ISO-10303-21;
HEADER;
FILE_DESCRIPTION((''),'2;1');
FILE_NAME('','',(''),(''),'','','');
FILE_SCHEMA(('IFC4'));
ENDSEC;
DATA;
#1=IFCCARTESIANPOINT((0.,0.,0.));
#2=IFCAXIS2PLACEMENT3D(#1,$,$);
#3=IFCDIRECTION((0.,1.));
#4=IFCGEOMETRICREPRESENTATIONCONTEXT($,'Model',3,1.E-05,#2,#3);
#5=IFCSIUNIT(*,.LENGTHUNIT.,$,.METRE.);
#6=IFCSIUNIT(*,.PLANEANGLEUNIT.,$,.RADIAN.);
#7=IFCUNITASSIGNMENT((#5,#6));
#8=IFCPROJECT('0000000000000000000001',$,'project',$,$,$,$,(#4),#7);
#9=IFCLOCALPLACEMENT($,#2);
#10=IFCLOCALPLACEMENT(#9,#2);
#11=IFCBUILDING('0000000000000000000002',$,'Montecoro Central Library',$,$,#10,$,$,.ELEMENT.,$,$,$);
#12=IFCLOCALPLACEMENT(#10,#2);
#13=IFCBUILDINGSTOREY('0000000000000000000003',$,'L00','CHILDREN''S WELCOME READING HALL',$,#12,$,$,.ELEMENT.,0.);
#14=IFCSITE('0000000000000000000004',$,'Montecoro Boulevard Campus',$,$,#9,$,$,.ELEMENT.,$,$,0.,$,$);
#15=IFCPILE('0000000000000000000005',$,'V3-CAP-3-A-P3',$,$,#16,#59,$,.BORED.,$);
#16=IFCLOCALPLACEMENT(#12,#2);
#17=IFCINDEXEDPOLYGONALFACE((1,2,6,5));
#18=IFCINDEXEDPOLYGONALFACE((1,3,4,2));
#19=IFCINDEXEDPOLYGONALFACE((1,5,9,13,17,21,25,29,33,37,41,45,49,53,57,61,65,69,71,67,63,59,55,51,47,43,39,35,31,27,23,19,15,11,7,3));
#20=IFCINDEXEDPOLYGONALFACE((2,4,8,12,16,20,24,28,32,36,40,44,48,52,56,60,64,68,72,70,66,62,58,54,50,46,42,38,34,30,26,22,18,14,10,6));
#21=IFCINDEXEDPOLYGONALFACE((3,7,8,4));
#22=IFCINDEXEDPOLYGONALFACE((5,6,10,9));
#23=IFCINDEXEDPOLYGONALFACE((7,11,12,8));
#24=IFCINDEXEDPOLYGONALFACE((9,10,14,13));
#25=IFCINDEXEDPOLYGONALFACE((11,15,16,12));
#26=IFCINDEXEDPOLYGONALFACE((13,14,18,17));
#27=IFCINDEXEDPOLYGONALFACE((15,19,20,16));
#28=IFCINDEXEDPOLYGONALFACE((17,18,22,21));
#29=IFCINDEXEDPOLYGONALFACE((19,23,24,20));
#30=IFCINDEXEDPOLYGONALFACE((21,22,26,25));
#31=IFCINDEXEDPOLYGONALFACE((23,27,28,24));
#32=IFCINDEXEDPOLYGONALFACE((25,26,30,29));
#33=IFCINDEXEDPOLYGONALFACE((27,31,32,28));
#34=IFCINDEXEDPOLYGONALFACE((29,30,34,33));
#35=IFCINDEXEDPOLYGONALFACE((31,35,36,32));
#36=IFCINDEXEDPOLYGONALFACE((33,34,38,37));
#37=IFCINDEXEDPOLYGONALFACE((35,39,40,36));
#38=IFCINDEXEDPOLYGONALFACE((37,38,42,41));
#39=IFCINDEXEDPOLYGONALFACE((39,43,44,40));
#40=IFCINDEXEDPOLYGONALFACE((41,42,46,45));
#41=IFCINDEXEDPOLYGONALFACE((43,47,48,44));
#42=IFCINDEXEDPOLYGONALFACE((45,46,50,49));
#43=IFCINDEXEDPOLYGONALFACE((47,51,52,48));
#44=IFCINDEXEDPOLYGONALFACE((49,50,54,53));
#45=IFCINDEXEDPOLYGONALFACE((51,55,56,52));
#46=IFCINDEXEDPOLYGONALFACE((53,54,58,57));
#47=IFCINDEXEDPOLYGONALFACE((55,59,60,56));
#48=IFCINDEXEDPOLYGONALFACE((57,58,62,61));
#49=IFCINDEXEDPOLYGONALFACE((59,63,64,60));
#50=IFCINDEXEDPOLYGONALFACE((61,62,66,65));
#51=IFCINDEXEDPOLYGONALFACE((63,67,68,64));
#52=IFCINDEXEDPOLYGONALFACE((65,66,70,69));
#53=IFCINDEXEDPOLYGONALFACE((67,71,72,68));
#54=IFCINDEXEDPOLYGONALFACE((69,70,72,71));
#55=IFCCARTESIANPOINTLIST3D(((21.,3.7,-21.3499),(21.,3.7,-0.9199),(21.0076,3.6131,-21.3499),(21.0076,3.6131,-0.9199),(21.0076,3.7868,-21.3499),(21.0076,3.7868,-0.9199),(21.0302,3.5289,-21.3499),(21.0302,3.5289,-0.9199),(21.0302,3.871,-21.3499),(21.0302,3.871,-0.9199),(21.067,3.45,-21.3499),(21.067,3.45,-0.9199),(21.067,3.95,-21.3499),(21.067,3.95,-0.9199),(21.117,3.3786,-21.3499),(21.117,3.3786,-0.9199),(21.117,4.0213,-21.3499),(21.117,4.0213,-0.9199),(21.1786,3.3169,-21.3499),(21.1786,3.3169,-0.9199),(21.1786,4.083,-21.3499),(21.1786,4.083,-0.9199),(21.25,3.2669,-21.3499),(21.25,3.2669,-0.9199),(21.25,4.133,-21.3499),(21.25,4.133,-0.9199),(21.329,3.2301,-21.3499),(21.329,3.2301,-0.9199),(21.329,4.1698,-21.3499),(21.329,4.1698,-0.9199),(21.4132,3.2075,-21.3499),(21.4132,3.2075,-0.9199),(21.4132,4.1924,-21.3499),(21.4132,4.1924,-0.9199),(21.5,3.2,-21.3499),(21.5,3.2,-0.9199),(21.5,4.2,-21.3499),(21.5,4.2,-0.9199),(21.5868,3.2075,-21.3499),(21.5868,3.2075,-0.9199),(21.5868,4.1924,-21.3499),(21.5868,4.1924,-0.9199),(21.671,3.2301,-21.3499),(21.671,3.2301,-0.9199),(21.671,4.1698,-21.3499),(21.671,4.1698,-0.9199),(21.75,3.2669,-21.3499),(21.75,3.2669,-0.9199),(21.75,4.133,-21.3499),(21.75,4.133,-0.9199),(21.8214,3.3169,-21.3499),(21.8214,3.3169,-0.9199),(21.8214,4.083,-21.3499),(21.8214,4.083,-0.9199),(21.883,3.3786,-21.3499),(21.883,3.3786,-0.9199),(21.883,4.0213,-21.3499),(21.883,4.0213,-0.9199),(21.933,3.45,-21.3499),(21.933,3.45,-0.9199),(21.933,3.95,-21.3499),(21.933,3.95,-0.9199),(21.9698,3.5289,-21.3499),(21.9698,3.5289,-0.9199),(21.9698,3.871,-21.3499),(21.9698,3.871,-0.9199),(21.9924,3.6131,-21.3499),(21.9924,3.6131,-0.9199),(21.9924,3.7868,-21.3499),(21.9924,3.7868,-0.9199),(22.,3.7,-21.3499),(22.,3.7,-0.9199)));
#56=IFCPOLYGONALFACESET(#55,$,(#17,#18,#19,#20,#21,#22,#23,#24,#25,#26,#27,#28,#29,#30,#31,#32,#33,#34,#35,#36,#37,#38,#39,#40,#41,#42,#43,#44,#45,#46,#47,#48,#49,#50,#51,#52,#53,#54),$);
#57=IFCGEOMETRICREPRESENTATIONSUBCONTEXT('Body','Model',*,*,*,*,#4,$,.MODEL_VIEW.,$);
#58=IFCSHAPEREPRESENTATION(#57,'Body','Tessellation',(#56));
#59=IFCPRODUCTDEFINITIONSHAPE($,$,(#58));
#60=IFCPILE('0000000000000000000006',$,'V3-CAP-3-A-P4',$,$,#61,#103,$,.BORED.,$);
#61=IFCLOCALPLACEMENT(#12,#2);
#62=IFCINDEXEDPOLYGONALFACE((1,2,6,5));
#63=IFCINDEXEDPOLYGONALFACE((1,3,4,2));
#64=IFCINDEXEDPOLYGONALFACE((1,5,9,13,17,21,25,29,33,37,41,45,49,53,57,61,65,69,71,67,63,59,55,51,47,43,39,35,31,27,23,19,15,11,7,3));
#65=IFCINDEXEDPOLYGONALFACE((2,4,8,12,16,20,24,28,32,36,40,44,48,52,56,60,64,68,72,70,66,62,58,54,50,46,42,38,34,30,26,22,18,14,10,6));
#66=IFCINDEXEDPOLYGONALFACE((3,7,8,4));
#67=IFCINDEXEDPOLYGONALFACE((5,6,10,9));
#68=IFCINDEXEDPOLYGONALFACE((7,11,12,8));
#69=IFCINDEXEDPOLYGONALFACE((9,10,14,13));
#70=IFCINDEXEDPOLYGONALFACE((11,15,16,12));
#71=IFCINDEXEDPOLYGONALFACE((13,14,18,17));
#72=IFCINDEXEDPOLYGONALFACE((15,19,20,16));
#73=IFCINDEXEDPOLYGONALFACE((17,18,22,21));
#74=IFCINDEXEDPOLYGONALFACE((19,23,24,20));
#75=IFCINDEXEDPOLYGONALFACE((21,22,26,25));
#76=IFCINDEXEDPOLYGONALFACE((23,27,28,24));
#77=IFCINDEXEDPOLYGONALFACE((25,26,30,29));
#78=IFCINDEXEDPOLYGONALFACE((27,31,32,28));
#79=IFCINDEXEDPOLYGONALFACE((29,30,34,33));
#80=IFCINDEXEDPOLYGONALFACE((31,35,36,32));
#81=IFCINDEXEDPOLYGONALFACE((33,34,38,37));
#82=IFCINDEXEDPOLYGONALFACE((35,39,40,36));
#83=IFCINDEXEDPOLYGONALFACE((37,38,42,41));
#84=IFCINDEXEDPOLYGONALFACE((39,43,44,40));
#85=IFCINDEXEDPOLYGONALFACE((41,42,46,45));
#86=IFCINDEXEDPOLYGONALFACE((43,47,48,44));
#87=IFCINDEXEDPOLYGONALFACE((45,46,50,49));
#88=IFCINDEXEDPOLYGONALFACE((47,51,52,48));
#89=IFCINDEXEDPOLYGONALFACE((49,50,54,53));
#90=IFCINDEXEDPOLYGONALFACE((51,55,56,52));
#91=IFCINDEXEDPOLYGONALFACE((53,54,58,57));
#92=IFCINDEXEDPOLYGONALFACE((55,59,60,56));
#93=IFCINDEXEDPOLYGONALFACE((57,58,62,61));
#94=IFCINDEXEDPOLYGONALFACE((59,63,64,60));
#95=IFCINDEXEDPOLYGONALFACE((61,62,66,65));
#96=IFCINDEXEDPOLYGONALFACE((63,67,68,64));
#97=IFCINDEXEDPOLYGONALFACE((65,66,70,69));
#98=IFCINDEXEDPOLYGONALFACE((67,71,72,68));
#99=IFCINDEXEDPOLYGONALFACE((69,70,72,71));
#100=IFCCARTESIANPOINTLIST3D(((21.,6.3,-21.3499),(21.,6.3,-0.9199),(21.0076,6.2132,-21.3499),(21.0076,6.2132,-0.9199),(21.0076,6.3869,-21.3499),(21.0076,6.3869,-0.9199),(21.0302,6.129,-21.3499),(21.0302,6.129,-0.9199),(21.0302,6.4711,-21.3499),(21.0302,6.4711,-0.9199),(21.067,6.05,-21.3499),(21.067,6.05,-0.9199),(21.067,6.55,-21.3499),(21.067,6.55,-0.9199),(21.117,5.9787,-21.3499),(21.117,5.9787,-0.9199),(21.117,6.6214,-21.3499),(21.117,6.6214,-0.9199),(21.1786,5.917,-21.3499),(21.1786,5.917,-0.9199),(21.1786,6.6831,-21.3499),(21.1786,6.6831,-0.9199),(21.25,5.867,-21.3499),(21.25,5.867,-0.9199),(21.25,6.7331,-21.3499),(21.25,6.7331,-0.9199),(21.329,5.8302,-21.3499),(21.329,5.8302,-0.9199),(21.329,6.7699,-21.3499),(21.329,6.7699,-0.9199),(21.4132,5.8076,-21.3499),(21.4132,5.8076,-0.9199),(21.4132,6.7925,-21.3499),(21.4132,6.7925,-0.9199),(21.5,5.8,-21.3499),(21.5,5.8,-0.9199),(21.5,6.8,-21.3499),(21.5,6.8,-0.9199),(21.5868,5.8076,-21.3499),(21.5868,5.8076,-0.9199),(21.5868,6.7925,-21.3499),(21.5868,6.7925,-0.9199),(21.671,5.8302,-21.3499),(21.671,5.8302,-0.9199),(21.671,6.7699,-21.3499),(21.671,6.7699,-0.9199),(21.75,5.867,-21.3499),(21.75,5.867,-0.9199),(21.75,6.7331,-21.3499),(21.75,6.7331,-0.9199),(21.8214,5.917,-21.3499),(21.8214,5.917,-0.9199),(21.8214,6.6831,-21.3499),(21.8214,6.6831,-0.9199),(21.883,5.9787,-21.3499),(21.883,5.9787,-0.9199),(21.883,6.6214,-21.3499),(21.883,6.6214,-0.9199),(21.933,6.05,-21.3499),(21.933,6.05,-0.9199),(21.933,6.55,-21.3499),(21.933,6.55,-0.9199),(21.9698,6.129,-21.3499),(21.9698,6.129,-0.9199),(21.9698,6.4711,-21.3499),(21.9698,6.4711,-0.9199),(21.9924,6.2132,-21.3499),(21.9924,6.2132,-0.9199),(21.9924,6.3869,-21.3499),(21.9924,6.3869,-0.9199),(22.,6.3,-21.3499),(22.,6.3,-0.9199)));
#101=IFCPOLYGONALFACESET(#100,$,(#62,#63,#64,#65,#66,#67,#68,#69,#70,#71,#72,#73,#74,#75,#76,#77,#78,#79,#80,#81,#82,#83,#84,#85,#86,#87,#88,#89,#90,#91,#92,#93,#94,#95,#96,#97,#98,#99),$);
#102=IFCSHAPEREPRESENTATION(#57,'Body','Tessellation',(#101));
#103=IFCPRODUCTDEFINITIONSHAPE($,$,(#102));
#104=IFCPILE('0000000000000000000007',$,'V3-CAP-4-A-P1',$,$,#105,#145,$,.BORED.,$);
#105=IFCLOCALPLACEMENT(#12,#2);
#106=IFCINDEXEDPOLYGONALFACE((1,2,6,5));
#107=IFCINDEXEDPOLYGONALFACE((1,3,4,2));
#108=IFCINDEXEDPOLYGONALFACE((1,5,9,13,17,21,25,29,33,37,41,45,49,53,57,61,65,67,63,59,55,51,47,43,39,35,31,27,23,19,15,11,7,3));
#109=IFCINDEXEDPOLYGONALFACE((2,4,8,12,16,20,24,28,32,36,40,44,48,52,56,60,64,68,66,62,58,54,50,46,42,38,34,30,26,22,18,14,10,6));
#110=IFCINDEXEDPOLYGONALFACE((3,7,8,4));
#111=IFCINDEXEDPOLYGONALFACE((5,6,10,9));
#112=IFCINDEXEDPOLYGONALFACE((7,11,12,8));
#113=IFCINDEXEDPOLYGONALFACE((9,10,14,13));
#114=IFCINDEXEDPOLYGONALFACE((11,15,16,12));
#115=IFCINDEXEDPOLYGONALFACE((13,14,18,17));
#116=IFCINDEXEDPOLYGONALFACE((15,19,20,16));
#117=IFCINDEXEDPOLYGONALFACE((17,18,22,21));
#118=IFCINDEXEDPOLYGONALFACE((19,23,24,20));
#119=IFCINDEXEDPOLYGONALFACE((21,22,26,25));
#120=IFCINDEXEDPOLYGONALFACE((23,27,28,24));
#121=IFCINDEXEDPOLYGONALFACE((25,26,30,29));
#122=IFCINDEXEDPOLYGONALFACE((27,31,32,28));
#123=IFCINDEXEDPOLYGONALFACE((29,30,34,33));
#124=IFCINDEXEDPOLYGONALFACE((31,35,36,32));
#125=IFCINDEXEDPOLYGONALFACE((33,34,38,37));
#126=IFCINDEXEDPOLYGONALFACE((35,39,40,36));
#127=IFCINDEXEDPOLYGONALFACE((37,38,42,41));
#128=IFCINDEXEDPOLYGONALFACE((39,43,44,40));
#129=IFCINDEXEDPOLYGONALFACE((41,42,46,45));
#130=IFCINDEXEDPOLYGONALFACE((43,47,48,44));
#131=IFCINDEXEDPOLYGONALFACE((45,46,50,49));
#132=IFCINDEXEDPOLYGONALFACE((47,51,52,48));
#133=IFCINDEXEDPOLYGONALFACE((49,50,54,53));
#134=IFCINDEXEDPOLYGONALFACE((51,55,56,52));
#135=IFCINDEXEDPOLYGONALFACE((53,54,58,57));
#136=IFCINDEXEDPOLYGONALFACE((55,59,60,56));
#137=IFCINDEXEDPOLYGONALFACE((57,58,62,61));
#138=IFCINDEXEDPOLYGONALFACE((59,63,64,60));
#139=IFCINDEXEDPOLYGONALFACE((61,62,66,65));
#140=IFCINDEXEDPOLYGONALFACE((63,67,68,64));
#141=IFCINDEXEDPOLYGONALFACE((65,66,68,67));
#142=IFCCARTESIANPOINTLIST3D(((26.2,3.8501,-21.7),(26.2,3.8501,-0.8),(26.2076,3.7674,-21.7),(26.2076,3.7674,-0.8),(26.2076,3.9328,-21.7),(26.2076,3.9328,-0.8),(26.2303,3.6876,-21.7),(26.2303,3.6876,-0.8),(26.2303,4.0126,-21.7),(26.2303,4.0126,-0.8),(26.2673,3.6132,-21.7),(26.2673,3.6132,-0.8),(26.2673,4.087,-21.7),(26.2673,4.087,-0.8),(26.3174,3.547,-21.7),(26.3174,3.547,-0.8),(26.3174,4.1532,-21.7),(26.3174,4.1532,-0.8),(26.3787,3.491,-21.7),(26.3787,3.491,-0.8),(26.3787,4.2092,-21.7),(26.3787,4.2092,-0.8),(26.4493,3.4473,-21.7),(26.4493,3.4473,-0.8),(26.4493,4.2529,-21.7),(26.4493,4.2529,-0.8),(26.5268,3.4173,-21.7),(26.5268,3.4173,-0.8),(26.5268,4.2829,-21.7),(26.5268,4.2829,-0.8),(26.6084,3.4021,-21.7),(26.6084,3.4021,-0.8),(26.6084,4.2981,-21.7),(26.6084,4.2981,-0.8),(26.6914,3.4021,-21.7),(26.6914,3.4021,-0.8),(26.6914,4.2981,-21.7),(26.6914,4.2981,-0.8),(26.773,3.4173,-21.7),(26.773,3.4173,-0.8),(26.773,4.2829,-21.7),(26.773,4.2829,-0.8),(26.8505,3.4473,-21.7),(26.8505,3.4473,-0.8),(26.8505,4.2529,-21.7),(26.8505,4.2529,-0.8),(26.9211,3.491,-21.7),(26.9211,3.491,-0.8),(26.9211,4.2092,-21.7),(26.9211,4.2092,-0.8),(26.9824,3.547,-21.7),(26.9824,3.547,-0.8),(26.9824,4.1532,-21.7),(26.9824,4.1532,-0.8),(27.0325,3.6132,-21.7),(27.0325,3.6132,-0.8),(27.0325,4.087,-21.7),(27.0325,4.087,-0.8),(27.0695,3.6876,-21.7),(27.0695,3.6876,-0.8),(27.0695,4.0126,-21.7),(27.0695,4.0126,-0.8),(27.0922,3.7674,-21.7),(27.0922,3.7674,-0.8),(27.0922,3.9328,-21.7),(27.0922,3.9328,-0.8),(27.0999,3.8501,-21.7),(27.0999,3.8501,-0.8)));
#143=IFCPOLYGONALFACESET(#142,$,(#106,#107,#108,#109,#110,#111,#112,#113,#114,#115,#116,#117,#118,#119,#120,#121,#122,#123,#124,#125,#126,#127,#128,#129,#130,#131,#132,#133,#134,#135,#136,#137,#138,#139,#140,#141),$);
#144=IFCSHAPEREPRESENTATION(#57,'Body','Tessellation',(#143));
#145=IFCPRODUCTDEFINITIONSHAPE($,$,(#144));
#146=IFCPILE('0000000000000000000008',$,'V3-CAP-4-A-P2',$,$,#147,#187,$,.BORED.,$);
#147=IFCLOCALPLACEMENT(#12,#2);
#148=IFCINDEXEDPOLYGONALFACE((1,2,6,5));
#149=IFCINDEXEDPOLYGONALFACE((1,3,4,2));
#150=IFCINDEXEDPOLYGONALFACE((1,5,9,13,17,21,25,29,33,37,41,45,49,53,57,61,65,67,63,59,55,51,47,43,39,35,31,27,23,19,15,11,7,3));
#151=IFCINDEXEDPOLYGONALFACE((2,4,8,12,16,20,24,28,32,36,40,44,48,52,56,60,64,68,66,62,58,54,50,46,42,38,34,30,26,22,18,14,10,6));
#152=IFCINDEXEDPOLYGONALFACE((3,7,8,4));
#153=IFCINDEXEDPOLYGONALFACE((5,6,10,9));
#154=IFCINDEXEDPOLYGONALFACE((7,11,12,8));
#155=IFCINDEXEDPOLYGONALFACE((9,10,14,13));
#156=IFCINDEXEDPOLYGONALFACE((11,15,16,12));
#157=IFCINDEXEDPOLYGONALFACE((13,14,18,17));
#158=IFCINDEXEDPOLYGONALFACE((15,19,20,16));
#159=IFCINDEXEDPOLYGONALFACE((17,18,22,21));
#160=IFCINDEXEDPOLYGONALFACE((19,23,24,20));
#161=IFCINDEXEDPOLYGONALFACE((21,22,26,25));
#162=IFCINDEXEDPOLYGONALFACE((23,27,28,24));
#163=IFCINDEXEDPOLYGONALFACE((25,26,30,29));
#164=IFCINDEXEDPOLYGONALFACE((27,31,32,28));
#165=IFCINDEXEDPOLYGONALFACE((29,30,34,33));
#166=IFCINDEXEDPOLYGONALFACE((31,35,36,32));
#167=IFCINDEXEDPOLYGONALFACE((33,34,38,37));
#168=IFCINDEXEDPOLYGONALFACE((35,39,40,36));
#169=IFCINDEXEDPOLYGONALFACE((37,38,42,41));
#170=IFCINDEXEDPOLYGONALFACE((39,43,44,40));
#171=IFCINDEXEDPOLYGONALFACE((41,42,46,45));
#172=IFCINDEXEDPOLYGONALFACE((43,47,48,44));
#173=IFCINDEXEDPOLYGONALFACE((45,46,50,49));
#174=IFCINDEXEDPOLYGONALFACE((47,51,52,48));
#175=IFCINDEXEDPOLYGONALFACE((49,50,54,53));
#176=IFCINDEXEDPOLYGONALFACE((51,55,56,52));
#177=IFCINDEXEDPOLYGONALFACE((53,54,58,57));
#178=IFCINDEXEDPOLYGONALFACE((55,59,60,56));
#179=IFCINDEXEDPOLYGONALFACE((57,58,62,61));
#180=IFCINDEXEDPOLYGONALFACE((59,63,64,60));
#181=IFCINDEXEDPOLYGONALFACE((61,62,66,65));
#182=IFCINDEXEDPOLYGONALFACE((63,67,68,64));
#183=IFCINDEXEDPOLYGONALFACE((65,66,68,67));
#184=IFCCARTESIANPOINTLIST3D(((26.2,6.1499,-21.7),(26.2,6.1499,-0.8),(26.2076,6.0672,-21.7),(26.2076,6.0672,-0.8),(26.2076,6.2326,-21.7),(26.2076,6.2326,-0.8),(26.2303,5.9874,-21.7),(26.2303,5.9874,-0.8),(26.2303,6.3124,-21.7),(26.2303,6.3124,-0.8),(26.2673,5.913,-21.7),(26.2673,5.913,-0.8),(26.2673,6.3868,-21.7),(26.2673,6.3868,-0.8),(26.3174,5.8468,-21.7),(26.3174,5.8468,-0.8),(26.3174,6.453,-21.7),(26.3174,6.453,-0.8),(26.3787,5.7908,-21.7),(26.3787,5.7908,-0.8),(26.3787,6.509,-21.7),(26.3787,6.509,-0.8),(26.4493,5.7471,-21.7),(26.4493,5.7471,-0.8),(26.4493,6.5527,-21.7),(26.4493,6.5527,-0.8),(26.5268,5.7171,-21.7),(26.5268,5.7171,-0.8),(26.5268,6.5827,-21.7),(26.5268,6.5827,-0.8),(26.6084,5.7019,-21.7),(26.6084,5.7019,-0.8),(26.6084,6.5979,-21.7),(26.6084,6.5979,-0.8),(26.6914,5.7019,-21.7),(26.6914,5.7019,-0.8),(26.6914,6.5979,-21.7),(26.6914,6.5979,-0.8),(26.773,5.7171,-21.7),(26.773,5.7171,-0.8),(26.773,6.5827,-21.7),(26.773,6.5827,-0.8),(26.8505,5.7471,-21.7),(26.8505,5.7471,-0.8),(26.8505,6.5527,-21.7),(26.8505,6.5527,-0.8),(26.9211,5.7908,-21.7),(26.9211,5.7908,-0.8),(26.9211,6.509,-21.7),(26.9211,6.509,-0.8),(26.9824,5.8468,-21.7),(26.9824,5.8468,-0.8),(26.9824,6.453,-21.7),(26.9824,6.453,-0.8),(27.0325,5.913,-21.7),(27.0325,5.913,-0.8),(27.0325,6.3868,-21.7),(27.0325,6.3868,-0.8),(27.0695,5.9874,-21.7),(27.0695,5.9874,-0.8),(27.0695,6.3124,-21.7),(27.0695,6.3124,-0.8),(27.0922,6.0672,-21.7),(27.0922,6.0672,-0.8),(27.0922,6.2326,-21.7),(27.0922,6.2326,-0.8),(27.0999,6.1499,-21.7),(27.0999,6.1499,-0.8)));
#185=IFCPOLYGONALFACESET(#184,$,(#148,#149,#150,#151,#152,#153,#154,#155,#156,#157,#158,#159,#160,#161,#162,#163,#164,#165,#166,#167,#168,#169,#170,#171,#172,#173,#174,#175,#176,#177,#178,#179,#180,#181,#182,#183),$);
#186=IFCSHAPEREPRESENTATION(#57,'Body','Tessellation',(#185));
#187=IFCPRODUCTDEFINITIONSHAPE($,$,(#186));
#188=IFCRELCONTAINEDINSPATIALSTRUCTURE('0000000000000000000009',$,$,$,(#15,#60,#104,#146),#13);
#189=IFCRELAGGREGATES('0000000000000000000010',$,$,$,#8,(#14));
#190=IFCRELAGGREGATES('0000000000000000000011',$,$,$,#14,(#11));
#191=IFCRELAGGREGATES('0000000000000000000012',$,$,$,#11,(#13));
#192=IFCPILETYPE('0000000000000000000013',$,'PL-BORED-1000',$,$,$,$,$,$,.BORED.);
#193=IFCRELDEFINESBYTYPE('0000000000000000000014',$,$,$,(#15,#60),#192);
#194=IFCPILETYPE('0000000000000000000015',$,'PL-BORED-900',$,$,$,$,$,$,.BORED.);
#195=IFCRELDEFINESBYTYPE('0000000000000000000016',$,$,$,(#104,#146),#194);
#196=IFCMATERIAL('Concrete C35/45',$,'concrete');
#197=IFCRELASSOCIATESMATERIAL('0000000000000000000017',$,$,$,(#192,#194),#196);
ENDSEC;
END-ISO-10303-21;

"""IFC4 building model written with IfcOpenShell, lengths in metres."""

from ifc_helpers import new_model, si_unit, direction, frame, origin, origin_2d, place, context, subcontext, project, spatial, circle, extrude, material, material_profile, profile_set, type_object, element, save


model = new_model("IFC4")

# Units and contexts
model_context = context("Model", 3, precision=1e-05, world=origin(), true_north=direction((0.0, 1.0)))
body_context = subcontext(model_context, "Body", "Model", "MODEL_VIEW")
ifc_project = project(units=[si_unit("LENGTHUNIT", "METRE"), si_unit("PLANEANGLEUNIT", "RADIAN")], contexts=[model_context])

# Site, building, storey
site_placement = place(None, origin())
site = spatial("IfcSite", under=ifc_project, at=site_placement, Name="Montecoro Boulevard Campus", CompositionType="ELEMENT", RefElevation=0.0)
building_placement = place(site_placement, origin())
building = spatial("IfcBuilding", under=site, at=building_placement, Name="Montecoro Central Library", CompositionType="ELEMENT")
storey_placement = place(building_placement, origin())
storey = spatial("IfcBuildingStorey", under=building, at=storey_placement, Name="L00", Description="CHILDREN'S WELCOME READING HALL", CompositionType="ELEMENT", Elevation=0.0)

# Shared definitions
ifc_material_1 = material(Name="Concrete C35/45", Category="concrete")

# Piles
ifc_material_profile_1 = material_profile(ifc_material_1, circle(Radius=0.5, at=origin_2d()), Name="PILE D1000")
ifc_profile_set_1 = profile_set([ifc_material_profile_1], Name="Concrete C35/45")
pile_type_1 = type_object("IfcPileType", Name="PL-BORED-1000", PredefinedType="BORED", material=ifc_profile_set_1)
for number, where, z_axis, x_axis, name in (
    (1, (21.5, 3.7, -0.9199), (0.0, 0.0, -1.0), (1.0, 0.0, 0.0), "V3-CAP-3-A-P3"),
    (2, (21.5, 6.3, -0.9199), (0.0, 0.0, -1.0), (1.0, 0.0, 0.0), "V3-CAP-3-A-P4"),
):
    element("IfcPile", number, at=place(storey_placement, frame(where, z_axis=z_axis, x_axis=x_axis)), inside=storey, type_object=pile_type_1, Name=name, PredefinedType="BORED", context=body_context, shape_type="SweptSolid", body=[
        extrude(circle(Radius=0.5, at=origin_2d()), origin(), (0.0, 0.0, 1.0), 20.4299),
    ])
ifc_material_profile_2 = material_profile(ifc_material_1, circle(Radius=0.45, at=origin_2d()), Name="PILE D900")
ifc_profile_set_2 = profile_set([ifc_material_profile_2], Name="Concrete C35/45")
pile_type_2 = type_object("IfcPileType", Name="PL-BORED-900", PredefinedType="BORED", material=ifc_profile_set_2)
for number, where, z_axis, x_axis, name in (
    (3, (26.6499, 3.8501, -0.8), (0.0, 0.0, -1.0), (1.0, 0.0, 0.0), "V3-CAP-4-A-P1"),
    (4, (26.6499, 6.1499, -0.8), (0.0, 0.0, -1.0), (1.0, 0.0, 0.0), "V3-CAP-4-A-P2"),
):
    element("IfcPile", number, at=place(storey_placement, frame(where, z_axis=z_axis, x_axis=x_axis)), inside=storey, type_object=pile_type_2, Name=name, PredefinedType="BORED", context=body_context, shape_type="SweptSolid", body=[
        extrude(circle(Radius=0.45, at=origin_2d()), origin(), (0.0, 0.0, 1.0), 20.8999),
    ])

save(model, "model.ifc")
